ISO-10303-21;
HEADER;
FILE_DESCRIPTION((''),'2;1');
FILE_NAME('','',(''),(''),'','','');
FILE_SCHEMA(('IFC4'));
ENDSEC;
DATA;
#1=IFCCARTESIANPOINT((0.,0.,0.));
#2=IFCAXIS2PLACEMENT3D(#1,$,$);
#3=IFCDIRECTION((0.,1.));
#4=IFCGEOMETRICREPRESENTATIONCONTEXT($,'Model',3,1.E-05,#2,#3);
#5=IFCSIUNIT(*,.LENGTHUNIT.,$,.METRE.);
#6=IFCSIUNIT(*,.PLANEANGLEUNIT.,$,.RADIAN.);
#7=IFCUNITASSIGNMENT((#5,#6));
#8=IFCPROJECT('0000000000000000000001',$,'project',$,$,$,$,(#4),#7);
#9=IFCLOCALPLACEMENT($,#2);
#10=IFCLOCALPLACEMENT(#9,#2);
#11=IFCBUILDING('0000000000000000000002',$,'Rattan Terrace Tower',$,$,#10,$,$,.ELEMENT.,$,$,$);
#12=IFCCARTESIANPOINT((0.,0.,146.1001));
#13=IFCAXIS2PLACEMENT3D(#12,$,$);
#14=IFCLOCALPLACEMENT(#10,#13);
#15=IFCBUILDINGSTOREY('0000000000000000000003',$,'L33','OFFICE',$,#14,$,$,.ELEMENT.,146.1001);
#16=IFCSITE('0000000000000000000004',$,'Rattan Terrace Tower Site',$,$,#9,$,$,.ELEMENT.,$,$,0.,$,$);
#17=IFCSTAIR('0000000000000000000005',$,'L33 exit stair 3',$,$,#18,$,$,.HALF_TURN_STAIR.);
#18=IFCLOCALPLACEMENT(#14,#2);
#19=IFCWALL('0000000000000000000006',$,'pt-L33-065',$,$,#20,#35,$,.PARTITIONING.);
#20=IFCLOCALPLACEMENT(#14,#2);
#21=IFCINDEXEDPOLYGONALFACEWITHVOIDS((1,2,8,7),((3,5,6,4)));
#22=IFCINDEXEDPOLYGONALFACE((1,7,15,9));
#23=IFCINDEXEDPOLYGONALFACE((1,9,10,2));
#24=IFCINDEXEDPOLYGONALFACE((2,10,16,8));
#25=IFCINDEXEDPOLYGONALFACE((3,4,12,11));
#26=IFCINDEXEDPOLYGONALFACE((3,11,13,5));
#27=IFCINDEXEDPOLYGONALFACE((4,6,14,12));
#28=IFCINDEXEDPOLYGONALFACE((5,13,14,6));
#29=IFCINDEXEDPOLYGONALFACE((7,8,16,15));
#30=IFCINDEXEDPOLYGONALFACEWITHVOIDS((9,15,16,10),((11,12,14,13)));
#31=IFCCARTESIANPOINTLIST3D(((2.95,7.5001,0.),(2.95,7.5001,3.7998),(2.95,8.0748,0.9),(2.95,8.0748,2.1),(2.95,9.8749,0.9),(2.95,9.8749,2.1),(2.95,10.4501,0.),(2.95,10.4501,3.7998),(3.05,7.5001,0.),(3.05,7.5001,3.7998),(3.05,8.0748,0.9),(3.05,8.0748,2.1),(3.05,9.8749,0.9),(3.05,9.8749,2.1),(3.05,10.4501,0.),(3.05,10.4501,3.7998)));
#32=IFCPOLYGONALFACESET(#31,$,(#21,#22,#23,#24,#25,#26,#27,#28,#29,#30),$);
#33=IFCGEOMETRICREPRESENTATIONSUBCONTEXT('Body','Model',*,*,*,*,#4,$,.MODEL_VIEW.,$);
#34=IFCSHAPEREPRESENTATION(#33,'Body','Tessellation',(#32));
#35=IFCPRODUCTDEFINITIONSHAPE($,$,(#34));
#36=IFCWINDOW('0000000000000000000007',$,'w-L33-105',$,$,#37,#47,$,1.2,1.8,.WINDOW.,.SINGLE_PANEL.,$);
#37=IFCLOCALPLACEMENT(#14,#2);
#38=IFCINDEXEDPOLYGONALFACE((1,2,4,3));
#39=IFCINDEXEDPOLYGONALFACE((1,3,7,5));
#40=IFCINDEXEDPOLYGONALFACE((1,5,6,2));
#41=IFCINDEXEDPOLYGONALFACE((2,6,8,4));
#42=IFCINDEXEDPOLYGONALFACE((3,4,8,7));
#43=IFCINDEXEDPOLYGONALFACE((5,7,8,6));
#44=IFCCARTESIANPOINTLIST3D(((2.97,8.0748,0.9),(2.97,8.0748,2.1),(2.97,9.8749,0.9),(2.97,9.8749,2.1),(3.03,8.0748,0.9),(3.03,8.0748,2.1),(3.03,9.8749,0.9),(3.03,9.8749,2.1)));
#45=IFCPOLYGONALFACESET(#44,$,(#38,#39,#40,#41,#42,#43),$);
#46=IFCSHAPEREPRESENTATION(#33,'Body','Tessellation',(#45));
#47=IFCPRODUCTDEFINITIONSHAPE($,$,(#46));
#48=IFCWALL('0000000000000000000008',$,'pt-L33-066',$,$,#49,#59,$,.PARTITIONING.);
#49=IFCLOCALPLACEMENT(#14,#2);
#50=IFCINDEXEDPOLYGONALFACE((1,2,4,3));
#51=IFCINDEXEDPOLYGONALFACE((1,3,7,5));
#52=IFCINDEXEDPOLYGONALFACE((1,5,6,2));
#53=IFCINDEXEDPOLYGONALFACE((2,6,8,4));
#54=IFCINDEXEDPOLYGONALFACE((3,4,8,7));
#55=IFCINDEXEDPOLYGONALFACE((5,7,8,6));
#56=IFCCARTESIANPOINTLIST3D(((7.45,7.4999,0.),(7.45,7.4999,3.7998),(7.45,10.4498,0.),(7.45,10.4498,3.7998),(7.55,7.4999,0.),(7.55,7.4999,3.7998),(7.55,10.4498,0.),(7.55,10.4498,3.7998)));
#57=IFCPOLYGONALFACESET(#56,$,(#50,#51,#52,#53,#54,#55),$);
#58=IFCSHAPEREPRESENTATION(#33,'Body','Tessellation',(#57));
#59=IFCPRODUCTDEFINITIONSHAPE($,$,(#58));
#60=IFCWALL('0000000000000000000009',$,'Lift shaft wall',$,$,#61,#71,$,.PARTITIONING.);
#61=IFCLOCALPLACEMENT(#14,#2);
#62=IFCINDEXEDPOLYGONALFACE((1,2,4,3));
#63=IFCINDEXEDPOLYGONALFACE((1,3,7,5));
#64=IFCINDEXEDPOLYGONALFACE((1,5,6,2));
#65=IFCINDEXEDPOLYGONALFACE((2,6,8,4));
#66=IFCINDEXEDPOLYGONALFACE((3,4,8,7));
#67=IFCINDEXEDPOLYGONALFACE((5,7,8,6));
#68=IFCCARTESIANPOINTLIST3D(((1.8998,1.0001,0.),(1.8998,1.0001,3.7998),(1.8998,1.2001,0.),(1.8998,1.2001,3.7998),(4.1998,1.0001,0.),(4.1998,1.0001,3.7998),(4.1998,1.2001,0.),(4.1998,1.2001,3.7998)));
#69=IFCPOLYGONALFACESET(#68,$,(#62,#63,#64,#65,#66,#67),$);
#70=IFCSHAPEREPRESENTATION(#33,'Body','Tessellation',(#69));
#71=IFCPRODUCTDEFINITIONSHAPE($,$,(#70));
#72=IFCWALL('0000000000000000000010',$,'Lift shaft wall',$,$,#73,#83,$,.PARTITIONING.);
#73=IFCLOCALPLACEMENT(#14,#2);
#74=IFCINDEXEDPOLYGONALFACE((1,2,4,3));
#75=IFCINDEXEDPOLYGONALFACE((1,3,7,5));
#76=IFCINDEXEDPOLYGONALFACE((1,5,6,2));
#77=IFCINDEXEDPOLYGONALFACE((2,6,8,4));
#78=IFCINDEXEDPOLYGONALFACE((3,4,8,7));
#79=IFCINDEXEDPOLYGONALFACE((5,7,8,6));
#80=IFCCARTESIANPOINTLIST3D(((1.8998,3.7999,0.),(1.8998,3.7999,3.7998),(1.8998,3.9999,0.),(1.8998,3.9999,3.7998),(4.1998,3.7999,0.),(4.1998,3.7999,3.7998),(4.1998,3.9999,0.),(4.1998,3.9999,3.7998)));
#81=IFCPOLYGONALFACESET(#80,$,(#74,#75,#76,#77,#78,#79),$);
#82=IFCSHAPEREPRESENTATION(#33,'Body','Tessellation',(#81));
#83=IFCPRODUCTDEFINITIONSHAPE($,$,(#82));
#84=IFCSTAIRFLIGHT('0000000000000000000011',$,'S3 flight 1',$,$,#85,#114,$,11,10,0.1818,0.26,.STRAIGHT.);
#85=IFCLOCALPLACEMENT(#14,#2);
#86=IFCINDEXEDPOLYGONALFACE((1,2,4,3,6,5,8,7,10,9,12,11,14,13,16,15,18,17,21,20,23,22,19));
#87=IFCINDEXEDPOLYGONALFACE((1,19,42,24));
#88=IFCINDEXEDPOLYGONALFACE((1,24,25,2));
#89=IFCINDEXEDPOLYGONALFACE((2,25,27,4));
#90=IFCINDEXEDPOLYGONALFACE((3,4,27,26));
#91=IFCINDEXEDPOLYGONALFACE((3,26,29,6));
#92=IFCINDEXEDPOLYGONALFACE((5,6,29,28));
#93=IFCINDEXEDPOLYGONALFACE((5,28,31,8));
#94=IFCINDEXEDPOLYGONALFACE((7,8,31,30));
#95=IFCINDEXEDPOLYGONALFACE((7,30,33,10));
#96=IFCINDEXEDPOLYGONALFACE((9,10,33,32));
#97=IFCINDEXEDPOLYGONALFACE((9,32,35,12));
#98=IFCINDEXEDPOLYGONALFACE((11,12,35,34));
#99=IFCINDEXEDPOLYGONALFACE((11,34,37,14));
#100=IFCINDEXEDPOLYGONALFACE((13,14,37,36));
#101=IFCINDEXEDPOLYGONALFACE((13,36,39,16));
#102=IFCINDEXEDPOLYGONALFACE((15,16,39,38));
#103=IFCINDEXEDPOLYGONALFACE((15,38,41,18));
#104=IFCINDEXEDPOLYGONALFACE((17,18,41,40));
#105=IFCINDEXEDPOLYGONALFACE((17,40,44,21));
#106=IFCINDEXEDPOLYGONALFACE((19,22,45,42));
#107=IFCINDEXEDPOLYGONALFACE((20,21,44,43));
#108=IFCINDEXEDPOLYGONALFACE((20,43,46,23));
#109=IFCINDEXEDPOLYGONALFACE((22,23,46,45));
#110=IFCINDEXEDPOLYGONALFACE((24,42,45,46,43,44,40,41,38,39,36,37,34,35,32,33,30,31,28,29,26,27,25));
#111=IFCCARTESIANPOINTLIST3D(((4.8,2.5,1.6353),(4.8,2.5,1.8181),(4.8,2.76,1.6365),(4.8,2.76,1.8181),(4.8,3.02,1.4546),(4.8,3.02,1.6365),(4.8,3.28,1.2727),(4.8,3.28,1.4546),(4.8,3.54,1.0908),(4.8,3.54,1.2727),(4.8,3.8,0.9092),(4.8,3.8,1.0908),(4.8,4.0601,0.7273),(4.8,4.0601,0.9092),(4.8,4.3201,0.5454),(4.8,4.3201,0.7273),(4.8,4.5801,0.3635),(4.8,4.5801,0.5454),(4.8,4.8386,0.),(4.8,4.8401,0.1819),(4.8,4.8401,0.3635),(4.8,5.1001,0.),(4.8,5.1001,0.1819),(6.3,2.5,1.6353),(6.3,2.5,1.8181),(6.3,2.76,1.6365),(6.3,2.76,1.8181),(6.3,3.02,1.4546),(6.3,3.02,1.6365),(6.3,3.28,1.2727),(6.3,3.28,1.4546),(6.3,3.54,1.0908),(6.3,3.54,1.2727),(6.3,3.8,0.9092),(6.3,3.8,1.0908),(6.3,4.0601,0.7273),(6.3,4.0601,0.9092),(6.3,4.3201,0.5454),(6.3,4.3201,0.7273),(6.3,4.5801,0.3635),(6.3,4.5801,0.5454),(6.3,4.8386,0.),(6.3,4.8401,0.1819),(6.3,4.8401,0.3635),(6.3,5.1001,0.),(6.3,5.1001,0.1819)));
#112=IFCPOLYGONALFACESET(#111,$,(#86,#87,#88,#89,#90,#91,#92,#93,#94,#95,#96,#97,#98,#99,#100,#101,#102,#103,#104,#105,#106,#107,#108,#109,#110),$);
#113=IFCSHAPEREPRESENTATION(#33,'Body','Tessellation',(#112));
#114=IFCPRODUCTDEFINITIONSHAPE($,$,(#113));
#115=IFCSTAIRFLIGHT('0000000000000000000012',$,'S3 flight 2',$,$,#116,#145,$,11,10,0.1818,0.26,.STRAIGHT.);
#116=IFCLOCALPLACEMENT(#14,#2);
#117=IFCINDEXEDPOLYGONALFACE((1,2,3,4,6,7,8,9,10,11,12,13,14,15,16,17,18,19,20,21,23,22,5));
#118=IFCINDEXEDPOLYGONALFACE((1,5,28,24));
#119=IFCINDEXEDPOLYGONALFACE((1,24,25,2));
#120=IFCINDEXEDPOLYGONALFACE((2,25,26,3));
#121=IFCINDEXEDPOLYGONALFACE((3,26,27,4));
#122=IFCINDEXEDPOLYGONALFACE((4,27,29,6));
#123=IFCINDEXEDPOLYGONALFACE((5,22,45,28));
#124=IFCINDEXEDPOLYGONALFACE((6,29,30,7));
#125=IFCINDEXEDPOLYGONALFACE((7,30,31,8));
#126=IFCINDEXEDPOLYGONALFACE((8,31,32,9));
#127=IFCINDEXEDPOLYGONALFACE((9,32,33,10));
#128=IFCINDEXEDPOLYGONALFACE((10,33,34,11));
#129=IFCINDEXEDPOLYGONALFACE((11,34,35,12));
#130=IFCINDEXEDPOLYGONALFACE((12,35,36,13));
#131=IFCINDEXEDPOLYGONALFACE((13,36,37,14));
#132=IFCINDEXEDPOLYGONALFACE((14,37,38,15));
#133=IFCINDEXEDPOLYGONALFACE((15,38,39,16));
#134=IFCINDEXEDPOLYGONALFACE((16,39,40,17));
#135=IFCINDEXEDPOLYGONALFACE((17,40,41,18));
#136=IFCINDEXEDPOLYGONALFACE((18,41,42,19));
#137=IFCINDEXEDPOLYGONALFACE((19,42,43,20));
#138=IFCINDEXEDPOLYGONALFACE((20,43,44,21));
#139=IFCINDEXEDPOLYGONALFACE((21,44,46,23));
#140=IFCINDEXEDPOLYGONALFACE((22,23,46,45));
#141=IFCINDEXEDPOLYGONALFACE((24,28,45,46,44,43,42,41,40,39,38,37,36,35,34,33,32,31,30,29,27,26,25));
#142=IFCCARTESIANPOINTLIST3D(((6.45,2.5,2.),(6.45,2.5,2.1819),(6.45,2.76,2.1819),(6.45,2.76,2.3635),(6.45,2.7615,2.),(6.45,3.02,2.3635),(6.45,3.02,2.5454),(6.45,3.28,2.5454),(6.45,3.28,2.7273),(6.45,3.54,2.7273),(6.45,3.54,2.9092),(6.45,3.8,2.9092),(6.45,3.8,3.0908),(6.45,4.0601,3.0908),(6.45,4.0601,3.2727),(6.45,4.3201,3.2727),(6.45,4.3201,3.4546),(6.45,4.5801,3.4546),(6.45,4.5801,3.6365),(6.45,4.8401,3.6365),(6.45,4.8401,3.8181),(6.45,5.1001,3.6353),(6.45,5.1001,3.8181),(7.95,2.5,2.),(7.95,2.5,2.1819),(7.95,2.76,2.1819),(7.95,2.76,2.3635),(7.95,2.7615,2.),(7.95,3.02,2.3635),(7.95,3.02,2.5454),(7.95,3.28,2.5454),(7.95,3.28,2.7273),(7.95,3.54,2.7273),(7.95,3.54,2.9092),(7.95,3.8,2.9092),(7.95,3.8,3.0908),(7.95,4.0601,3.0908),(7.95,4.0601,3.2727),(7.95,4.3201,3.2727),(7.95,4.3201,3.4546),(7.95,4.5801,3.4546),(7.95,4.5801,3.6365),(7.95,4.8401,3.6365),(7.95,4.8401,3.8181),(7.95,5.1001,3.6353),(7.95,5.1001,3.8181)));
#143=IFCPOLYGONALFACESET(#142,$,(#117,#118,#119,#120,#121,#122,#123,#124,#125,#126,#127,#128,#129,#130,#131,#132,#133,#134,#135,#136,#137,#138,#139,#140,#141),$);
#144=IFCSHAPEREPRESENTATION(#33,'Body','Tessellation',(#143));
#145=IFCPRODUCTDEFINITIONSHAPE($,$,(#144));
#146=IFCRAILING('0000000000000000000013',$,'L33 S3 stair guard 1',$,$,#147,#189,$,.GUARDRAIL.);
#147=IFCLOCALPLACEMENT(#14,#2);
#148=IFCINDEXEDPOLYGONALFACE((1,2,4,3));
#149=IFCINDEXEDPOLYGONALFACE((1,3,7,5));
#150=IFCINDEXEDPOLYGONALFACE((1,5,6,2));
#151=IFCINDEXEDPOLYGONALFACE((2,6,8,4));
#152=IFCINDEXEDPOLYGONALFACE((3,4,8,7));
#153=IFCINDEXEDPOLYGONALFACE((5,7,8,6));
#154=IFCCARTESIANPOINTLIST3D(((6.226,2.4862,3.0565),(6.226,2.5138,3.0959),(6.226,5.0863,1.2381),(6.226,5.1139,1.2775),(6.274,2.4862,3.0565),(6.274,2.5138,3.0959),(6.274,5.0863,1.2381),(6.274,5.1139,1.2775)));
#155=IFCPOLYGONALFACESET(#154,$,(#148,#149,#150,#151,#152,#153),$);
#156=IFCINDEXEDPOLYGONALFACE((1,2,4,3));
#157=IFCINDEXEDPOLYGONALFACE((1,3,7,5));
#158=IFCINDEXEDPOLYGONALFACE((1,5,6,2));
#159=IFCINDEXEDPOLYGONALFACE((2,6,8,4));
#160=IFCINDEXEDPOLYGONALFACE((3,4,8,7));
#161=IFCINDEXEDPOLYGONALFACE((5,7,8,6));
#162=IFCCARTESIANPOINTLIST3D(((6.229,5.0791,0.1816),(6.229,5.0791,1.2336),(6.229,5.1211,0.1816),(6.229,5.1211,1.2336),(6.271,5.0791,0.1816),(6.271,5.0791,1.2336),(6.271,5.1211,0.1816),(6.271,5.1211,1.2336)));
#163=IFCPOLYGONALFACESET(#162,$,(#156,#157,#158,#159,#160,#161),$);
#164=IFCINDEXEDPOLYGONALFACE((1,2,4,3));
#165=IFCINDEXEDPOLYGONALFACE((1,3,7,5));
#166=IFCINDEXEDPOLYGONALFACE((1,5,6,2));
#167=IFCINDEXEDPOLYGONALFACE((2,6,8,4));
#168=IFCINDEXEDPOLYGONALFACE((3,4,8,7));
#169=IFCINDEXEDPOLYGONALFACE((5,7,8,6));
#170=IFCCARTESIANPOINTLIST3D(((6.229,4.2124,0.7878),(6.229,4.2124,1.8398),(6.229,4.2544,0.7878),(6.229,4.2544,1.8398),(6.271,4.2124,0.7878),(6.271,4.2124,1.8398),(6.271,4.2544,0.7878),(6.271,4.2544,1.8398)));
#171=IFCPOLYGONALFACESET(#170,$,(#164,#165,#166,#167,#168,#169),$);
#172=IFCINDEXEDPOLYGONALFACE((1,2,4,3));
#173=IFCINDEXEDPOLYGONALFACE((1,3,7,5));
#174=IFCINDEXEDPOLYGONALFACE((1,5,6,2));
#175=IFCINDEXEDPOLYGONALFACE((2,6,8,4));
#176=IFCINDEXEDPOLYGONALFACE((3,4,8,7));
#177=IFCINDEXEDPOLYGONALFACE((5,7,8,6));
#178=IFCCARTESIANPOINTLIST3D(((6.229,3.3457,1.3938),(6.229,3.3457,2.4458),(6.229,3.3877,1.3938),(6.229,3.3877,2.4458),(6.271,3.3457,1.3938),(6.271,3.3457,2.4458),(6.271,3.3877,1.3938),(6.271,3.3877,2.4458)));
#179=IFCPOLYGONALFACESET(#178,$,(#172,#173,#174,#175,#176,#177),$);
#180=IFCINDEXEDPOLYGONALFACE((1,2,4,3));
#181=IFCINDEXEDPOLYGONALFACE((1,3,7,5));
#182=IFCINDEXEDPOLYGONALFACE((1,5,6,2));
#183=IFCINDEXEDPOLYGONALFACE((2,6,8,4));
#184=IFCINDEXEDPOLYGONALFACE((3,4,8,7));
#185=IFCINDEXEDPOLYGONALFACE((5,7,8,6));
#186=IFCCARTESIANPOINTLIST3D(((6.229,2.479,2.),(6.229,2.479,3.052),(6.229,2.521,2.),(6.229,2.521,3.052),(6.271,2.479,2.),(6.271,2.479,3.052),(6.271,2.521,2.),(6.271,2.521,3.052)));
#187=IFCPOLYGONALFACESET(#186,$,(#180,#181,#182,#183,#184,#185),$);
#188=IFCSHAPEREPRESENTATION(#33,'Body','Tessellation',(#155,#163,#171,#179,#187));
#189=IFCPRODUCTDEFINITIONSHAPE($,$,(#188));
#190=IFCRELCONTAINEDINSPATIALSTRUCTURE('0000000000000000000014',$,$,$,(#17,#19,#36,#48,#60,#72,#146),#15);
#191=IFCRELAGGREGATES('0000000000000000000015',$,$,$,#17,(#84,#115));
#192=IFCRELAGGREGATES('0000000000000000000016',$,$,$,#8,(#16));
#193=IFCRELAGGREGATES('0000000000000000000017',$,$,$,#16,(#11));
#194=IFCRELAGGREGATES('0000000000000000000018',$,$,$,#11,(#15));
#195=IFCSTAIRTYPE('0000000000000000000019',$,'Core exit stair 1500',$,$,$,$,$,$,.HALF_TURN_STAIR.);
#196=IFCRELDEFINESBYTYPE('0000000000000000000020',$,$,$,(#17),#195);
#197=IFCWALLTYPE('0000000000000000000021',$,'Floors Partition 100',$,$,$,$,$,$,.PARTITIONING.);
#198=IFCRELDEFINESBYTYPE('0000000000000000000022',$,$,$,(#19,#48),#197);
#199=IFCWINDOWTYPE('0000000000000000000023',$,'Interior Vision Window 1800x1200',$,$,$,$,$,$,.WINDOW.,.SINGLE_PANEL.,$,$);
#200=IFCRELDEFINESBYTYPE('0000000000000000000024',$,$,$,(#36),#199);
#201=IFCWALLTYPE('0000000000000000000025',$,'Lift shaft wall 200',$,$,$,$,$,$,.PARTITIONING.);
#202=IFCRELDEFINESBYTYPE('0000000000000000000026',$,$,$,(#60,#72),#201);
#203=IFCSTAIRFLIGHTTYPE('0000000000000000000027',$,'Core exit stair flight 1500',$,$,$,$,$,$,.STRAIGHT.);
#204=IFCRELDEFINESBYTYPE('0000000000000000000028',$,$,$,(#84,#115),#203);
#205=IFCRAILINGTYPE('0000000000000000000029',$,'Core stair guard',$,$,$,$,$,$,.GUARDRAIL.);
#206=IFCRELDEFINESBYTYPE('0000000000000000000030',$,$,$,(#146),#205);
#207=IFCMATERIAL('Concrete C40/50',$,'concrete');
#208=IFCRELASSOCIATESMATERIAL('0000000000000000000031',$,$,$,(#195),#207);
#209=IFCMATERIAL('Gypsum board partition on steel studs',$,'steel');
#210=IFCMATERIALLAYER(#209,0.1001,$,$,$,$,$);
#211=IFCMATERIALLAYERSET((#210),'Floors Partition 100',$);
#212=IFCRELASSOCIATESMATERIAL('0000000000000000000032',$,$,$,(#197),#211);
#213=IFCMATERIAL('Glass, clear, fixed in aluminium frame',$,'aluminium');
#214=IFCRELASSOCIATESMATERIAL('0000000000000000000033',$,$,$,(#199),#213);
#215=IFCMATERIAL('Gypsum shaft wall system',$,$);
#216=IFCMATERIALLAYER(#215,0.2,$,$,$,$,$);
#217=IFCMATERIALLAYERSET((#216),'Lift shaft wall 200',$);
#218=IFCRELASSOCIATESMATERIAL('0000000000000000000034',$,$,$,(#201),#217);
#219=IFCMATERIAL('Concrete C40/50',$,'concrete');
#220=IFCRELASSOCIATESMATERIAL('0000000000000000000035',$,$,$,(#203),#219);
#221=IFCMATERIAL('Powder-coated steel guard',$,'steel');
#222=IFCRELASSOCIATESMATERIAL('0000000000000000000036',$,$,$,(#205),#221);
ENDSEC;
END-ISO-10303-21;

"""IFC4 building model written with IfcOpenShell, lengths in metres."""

from ifc_helpers import new_model, si_unit, direction, frame, frame_2d, origin, origin_2d, place, context, subcontext, project, spatial, polyline, rectangle, outline, extrude, material, layer, layer_set, type_object, element, fill, aggregate, save


model = new_model("IFC4")

# Units and contexts
model_context = context("Model", 3, precision=1e-05, world=origin(), true_north=direction((0.0, 1.0)))
body_context = subcontext(model_context, "Body", "Model", "MODEL_VIEW")
ifc_project = project(units=[si_unit("LENGTHUNIT", "METRE"), si_unit("PLANEANGLEUNIT", "RADIAN")], contexts=[model_context])

# Site, building, storey
site_placement = place(None, origin())
site = spatial("IfcSite", under=ifc_project, at=site_placement, Name="Rattan Terrace Tower Site", CompositionType="ELEMENT", RefElevation=0.0)
building_placement = place(site_placement, origin())
building = spatial("IfcBuilding", under=site, at=building_placement, Name="Rattan Terrace Tower", CompositionType="ELEMENT")
storey_placement = place(building_placement, frame((0.0, 0.0, 146.1001)))
storey = spatial("IfcBuildingStorey", under=building, at=storey_placement, Name="L33", Description="OFFICE", CompositionType="ELEMENT", Elevation=146.1001)

# Stair
ifc_material_1 = material(Name="Concrete C40/50", Category="concrete")
stair_type = type_object("IfcStairType", Name="Core exit stair 1500", PredefinedType="HALF_TURN_STAIR", material=ifc_material_1)
stair_1_placement = place(storey_placement, origin())
stair_1 = element("IfcStair", 1, at=stair_1_placement, inside=storey, type_object=stair_type, Name="L33 exit stair 3", PredefinedType="HALF_TURN_STAIR")

# Shared definitions
ifc_material_2 = material(Name="Gypsum board partition on steel studs", Category="steel")
ifc_layer_1 = layer(ifc_material_2, 0.1001)
ifc_layer_set_1 = layer_set([ifc_layer_1], Name="Floors Partition 100")
wall_type_1 = type_object("IfcWallType", Name="Floors Partition 100", PredefinedType="PARTITIONING", material=ifc_layer_set_1)
ifc_material_3 = material(Name="Glass, clear, fixed in aluminium frame", Category="aluminium")
window_type = type_object("IfcWindowType", Name="Interior Vision Window 1800x1200", PartitioningType="SINGLE_PANEL", PredefinedType="WINDOW", material=ifc_material_3)

# Wall, opening, window
wall_1_placement = place(storey_placement, frame((3.0, 7.5, 0.0), z_axis=(0.0, 0.0, 1.0), x_axis=(0.0, 1.0, 0.0)))
wall_1 = element("IfcWall", 2, at=wall_1_placement, inside=storey, type_object=wall_type_1, Name="pt-L33-065", PredefinedType="PARTITIONING", context=body_context, shape_type="SweptSolid", body=[
    extrude(rectangle(XDim=2.95, YDim=0.1001, at=frame_2d((1.4751, 0.0))), origin(), (0.0, 0.0, 1.0), 3.7998),
])
opening_1_placement = place(wall_1_placement, frame((0.575, 0.0, 0.8999)))
opening_1 = element("IfcOpeningElement", 3, at=opening_1_placement, cuts=wall_1, PredefinedType="OPENING", context=body_context, shape_type="SweptSolid", body=[
    extrude(rectangle(XDim=1.8, YDim=1.2, at=frame_2d((0.8999, 0.6001))), frame((0.0, 0.0605, 0.0), z_axis=(0.0, -1.0, 0.0), x_axis=(1.0, 0.0, 0.0)), (0.0, 0.0, 1.0), 0.1211),
])
window_1_placement = place(opening_1_placement, origin())
window_1 = element("IfcWindow", 4, at=window_1_placement, inside=storey, type_object=window_type, Name="w-L33-105", OverallHeight=1.2, OverallWidth=1.8, PartitioningType="SINGLE_PANEL", PredefinedType="WINDOW", context=body_context, shape_type="SweptSolid", body=[
    extrude(rectangle(XDim=1.8, YDim=1.2, at=frame_2d((0.8999, 0.6001))), frame((0.0, 0.03, 0.0), z_axis=(0.0, -1.0, 0.0), x_axis=(1.0, 0.0, 0.0)), (0.0, 0.0, 1.0), 0.0601),
])
fill(opening_1, window_1)

# Walls
wall_2_placement = place(storey_placement, frame((7.5, 10.45, 0.0), z_axis=(0.0, 0.0, 1.0), x_axis=(0.0, -1.0, 0.0)))
element("IfcWall", 5, at=wall_2_placement, inside=storey, type_object=wall_type_1, Name="pt-L33-066", PredefinedType="PARTITIONING", context=body_context, shape_type="SweptSolid", body=[
    extrude(rectangle(XDim=2.95, YDim=0.1001, at=frame_2d((1.4751, 0.0))), origin(), (0.0, 0.0, 1.0), 3.7998),
])
ifc_material_4 = material(Name="Gypsum shaft wall system")
ifc_layer_2 = layer(ifc_material_4, 0.2)
ifc_layer_set_2 = layer_set([ifc_layer_2], Name="Lift shaft wall 200")
wall_type_2 = type_object("IfcWallType", Name="Lift shaft wall 200", PredefinedType="PARTITIONING", material=ifc_layer_set_2)
for number, where, z_axis, x_axis, name in (
    (6, (1.8999, 1.1001, 0.0), (0.0, 0.0, 1.0), (1.0, 0.0, 0.0), "Lift shaft wall"),
    (7, (1.8999, 3.8999, 0.0), (0.0, 0.0, 1.0), (1.0, 0.0, 0.0), "Lift shaft wall"),
):
    element("IfcWall", number, at=place(storey_placement, frame(where, z_axis=z_axis, x_axis=x_axis)), inside=storey, type_object=wall_type_2, Name=name, PredefinedType="PARTITIONING", context=body_context, shape_type="SweptSolid", body=[
        extrude(rectangle(XDim=2.3, YDim=0.2, at=frame_2d((1.1499, 0.0))), origin(), (0.0, 0.0, 1.0), 3.7998),
    ])

# Stair flights
ifc_material_5 = material(Name="Concrete C40/50", Category="concrete")
stair_flight_type = type_object("IfcStairFlightType", Name="Core exit stair flight 1500", PredefinedType="STRAIGHT", material=ifc_material_5)
stair_flight_1_placement = place(storey_placement, frame((5.55, 5.1001, 0.0), z_axis=(0.0, 0.0, 1.0), x_axis=(0.0, -1.0, 0.0)))
stair_flight_1 = element("IfcStairFlight", 8, at=stair_flight_1_placement, type_object=stair_flight_type, Name="S3 flight 1", NumberOfRisers=11, NumberOfTreads=10, PredefinedType="STRAIGHT", RiserHeight=0.1818, TreadLength=0.26, context=body_context, shape_type="SweptSolid", body=[
    extrude(outline(polyline([(0.0, 0.0), (0.0, 0.1819), (0.26, 0.1819), (0.26, 0.3635), (0.52, 0.3635), (0.52, 0.5454), (0.78, 0.5454), (0.78, 0.7273), (1.04, 0.7273), (1.04, 0.9092), (1.3, 0.9092), (1.3, 1.0908), (1.5601, 1.0908), (1.5601, 1.2727), (1.8201, 1.2727), (1.8201, 1.4546), (2.0801, 1.4546), (2.0801, 1.6365), (2.3401, 1.6365), (2.3401, 1.8181), (2.6001, 1.8181), (2.6001, 2.0), (2.6001, 1.6353), (0.2615, 0.0), (0.0, 0.0)])), frame((0.0, 0.75, 0.0), z_axis=(0.0, -1.0, 0.0), x_axis=(1.0, 0.0, 0.0)), (0.0, 0.0, 1.0), 1.5),
])
stair_flight_2_placement = place(storey_placement, frame((7.2, 2.5, 2.0), z_axis=(0.0, 0.0, 1.0), x_axis=(0.0, 1.0, 0.0)))
stair_flight_2 = element("IfcStairFlight", 9, at=stair_flight_2_placement, type_object=stair_flight_type, Name="S3 flight 2", NumberOfRisers=11, NumberOfTreads=10, PredefinedType="STRAIGHT", RiserHeight=0.1818, TreadLength=0.26, context=body_context, shape_type="SweptSolid", body=[
    extrude(outline(polyline([(0.0, 0.0), (0.0, 0.1819), (0.26, 0.1819), (0.26, 0.3635), (0.52, 0.3635), (0.52, 0.5454), (0.78, 0.5454), (0.78, 0.7273), (1.04, 0.7273), (1.04, 0.9092), (1.3, 0.9092), (1.3, 1.0908), (1.5601, 1.0908), (1.5601, 1.2727), (1.8201, 1.2727), (1.8201, 1.4546), (2.0801, 1.4546), (2.0801, 1.6365), (2.3401, 1.6365), (2.3401, 1.8181), (2.6001, 1.8181), (2.6001, 2.0), (2.6001, 1.6353), (0.2615, 0.0), (0.0, 0.0)])), frame((0.0, 0.75, 0.0), z_axis=(0.0, -1.0, 0.0), x_axis=(1.0, 0.0, 0.0)), (0.0, 0.0, 1.0), 1.5),
])
aggregate(stair_1, [stair_flight_1, stair_flight_2])

# Railing
ifc_material_6 = material(Name="Powder-coated steel guard", Category="steel")
railing_type_1 = type_object("IfcRailingType", Name="Core stair guard", PredefinedType="GUARDRAIL", material=ifc_material_6)
railing_1_placement = place(storey_placement, frame((6.25, 5.1001, 0.1816)))
element("IfcRailing", 10, at=railing_1_placement, inside=storey, type_object=railing_type_1, Name="L33 S3 stair guard 1", PredefinedType="GUARDRAIL", context=body_context, shape_type="SweptSolid", body=[
    extrude(rectangle(XDim=0.0481, YDim=0.0481, at=origin_2d()), frame((0.0, 0.0, 1.0762), z_axis=(0.0, -0.819485, 0.573101), x_axis=(1.0, 0.0, 0.0)), (0.0, 0.0, 1.0), 3.1729),
    extrude(rectangle(XDim=0.042, YDim=0.042, at=origin_2d()), origin(), (0.0, 0.0, 1.0), 1.052),
    extrude(rectangle(XDim=0.042, YDim=0.042, at=origin_2d()), frame((0.0, -0.8667, 0.6062)), (0.0, 0.0, 1.0), 1.052),
    extrude(rectangle(XDim=0.042, YDim=0.042, at=origin_2d()), frame((0.0, -1.7334, 1.2122)), (0.0, 0.0, 1.0), 1.052),
    extrude(rectangle(XDim=0.042, YDim=0.042, at=origin_2d()), frame((0.0, -2.6001, 1.8184)), (0.0, 0.0, 1.0), 1.052),
])

save(model, "model.ifc")
